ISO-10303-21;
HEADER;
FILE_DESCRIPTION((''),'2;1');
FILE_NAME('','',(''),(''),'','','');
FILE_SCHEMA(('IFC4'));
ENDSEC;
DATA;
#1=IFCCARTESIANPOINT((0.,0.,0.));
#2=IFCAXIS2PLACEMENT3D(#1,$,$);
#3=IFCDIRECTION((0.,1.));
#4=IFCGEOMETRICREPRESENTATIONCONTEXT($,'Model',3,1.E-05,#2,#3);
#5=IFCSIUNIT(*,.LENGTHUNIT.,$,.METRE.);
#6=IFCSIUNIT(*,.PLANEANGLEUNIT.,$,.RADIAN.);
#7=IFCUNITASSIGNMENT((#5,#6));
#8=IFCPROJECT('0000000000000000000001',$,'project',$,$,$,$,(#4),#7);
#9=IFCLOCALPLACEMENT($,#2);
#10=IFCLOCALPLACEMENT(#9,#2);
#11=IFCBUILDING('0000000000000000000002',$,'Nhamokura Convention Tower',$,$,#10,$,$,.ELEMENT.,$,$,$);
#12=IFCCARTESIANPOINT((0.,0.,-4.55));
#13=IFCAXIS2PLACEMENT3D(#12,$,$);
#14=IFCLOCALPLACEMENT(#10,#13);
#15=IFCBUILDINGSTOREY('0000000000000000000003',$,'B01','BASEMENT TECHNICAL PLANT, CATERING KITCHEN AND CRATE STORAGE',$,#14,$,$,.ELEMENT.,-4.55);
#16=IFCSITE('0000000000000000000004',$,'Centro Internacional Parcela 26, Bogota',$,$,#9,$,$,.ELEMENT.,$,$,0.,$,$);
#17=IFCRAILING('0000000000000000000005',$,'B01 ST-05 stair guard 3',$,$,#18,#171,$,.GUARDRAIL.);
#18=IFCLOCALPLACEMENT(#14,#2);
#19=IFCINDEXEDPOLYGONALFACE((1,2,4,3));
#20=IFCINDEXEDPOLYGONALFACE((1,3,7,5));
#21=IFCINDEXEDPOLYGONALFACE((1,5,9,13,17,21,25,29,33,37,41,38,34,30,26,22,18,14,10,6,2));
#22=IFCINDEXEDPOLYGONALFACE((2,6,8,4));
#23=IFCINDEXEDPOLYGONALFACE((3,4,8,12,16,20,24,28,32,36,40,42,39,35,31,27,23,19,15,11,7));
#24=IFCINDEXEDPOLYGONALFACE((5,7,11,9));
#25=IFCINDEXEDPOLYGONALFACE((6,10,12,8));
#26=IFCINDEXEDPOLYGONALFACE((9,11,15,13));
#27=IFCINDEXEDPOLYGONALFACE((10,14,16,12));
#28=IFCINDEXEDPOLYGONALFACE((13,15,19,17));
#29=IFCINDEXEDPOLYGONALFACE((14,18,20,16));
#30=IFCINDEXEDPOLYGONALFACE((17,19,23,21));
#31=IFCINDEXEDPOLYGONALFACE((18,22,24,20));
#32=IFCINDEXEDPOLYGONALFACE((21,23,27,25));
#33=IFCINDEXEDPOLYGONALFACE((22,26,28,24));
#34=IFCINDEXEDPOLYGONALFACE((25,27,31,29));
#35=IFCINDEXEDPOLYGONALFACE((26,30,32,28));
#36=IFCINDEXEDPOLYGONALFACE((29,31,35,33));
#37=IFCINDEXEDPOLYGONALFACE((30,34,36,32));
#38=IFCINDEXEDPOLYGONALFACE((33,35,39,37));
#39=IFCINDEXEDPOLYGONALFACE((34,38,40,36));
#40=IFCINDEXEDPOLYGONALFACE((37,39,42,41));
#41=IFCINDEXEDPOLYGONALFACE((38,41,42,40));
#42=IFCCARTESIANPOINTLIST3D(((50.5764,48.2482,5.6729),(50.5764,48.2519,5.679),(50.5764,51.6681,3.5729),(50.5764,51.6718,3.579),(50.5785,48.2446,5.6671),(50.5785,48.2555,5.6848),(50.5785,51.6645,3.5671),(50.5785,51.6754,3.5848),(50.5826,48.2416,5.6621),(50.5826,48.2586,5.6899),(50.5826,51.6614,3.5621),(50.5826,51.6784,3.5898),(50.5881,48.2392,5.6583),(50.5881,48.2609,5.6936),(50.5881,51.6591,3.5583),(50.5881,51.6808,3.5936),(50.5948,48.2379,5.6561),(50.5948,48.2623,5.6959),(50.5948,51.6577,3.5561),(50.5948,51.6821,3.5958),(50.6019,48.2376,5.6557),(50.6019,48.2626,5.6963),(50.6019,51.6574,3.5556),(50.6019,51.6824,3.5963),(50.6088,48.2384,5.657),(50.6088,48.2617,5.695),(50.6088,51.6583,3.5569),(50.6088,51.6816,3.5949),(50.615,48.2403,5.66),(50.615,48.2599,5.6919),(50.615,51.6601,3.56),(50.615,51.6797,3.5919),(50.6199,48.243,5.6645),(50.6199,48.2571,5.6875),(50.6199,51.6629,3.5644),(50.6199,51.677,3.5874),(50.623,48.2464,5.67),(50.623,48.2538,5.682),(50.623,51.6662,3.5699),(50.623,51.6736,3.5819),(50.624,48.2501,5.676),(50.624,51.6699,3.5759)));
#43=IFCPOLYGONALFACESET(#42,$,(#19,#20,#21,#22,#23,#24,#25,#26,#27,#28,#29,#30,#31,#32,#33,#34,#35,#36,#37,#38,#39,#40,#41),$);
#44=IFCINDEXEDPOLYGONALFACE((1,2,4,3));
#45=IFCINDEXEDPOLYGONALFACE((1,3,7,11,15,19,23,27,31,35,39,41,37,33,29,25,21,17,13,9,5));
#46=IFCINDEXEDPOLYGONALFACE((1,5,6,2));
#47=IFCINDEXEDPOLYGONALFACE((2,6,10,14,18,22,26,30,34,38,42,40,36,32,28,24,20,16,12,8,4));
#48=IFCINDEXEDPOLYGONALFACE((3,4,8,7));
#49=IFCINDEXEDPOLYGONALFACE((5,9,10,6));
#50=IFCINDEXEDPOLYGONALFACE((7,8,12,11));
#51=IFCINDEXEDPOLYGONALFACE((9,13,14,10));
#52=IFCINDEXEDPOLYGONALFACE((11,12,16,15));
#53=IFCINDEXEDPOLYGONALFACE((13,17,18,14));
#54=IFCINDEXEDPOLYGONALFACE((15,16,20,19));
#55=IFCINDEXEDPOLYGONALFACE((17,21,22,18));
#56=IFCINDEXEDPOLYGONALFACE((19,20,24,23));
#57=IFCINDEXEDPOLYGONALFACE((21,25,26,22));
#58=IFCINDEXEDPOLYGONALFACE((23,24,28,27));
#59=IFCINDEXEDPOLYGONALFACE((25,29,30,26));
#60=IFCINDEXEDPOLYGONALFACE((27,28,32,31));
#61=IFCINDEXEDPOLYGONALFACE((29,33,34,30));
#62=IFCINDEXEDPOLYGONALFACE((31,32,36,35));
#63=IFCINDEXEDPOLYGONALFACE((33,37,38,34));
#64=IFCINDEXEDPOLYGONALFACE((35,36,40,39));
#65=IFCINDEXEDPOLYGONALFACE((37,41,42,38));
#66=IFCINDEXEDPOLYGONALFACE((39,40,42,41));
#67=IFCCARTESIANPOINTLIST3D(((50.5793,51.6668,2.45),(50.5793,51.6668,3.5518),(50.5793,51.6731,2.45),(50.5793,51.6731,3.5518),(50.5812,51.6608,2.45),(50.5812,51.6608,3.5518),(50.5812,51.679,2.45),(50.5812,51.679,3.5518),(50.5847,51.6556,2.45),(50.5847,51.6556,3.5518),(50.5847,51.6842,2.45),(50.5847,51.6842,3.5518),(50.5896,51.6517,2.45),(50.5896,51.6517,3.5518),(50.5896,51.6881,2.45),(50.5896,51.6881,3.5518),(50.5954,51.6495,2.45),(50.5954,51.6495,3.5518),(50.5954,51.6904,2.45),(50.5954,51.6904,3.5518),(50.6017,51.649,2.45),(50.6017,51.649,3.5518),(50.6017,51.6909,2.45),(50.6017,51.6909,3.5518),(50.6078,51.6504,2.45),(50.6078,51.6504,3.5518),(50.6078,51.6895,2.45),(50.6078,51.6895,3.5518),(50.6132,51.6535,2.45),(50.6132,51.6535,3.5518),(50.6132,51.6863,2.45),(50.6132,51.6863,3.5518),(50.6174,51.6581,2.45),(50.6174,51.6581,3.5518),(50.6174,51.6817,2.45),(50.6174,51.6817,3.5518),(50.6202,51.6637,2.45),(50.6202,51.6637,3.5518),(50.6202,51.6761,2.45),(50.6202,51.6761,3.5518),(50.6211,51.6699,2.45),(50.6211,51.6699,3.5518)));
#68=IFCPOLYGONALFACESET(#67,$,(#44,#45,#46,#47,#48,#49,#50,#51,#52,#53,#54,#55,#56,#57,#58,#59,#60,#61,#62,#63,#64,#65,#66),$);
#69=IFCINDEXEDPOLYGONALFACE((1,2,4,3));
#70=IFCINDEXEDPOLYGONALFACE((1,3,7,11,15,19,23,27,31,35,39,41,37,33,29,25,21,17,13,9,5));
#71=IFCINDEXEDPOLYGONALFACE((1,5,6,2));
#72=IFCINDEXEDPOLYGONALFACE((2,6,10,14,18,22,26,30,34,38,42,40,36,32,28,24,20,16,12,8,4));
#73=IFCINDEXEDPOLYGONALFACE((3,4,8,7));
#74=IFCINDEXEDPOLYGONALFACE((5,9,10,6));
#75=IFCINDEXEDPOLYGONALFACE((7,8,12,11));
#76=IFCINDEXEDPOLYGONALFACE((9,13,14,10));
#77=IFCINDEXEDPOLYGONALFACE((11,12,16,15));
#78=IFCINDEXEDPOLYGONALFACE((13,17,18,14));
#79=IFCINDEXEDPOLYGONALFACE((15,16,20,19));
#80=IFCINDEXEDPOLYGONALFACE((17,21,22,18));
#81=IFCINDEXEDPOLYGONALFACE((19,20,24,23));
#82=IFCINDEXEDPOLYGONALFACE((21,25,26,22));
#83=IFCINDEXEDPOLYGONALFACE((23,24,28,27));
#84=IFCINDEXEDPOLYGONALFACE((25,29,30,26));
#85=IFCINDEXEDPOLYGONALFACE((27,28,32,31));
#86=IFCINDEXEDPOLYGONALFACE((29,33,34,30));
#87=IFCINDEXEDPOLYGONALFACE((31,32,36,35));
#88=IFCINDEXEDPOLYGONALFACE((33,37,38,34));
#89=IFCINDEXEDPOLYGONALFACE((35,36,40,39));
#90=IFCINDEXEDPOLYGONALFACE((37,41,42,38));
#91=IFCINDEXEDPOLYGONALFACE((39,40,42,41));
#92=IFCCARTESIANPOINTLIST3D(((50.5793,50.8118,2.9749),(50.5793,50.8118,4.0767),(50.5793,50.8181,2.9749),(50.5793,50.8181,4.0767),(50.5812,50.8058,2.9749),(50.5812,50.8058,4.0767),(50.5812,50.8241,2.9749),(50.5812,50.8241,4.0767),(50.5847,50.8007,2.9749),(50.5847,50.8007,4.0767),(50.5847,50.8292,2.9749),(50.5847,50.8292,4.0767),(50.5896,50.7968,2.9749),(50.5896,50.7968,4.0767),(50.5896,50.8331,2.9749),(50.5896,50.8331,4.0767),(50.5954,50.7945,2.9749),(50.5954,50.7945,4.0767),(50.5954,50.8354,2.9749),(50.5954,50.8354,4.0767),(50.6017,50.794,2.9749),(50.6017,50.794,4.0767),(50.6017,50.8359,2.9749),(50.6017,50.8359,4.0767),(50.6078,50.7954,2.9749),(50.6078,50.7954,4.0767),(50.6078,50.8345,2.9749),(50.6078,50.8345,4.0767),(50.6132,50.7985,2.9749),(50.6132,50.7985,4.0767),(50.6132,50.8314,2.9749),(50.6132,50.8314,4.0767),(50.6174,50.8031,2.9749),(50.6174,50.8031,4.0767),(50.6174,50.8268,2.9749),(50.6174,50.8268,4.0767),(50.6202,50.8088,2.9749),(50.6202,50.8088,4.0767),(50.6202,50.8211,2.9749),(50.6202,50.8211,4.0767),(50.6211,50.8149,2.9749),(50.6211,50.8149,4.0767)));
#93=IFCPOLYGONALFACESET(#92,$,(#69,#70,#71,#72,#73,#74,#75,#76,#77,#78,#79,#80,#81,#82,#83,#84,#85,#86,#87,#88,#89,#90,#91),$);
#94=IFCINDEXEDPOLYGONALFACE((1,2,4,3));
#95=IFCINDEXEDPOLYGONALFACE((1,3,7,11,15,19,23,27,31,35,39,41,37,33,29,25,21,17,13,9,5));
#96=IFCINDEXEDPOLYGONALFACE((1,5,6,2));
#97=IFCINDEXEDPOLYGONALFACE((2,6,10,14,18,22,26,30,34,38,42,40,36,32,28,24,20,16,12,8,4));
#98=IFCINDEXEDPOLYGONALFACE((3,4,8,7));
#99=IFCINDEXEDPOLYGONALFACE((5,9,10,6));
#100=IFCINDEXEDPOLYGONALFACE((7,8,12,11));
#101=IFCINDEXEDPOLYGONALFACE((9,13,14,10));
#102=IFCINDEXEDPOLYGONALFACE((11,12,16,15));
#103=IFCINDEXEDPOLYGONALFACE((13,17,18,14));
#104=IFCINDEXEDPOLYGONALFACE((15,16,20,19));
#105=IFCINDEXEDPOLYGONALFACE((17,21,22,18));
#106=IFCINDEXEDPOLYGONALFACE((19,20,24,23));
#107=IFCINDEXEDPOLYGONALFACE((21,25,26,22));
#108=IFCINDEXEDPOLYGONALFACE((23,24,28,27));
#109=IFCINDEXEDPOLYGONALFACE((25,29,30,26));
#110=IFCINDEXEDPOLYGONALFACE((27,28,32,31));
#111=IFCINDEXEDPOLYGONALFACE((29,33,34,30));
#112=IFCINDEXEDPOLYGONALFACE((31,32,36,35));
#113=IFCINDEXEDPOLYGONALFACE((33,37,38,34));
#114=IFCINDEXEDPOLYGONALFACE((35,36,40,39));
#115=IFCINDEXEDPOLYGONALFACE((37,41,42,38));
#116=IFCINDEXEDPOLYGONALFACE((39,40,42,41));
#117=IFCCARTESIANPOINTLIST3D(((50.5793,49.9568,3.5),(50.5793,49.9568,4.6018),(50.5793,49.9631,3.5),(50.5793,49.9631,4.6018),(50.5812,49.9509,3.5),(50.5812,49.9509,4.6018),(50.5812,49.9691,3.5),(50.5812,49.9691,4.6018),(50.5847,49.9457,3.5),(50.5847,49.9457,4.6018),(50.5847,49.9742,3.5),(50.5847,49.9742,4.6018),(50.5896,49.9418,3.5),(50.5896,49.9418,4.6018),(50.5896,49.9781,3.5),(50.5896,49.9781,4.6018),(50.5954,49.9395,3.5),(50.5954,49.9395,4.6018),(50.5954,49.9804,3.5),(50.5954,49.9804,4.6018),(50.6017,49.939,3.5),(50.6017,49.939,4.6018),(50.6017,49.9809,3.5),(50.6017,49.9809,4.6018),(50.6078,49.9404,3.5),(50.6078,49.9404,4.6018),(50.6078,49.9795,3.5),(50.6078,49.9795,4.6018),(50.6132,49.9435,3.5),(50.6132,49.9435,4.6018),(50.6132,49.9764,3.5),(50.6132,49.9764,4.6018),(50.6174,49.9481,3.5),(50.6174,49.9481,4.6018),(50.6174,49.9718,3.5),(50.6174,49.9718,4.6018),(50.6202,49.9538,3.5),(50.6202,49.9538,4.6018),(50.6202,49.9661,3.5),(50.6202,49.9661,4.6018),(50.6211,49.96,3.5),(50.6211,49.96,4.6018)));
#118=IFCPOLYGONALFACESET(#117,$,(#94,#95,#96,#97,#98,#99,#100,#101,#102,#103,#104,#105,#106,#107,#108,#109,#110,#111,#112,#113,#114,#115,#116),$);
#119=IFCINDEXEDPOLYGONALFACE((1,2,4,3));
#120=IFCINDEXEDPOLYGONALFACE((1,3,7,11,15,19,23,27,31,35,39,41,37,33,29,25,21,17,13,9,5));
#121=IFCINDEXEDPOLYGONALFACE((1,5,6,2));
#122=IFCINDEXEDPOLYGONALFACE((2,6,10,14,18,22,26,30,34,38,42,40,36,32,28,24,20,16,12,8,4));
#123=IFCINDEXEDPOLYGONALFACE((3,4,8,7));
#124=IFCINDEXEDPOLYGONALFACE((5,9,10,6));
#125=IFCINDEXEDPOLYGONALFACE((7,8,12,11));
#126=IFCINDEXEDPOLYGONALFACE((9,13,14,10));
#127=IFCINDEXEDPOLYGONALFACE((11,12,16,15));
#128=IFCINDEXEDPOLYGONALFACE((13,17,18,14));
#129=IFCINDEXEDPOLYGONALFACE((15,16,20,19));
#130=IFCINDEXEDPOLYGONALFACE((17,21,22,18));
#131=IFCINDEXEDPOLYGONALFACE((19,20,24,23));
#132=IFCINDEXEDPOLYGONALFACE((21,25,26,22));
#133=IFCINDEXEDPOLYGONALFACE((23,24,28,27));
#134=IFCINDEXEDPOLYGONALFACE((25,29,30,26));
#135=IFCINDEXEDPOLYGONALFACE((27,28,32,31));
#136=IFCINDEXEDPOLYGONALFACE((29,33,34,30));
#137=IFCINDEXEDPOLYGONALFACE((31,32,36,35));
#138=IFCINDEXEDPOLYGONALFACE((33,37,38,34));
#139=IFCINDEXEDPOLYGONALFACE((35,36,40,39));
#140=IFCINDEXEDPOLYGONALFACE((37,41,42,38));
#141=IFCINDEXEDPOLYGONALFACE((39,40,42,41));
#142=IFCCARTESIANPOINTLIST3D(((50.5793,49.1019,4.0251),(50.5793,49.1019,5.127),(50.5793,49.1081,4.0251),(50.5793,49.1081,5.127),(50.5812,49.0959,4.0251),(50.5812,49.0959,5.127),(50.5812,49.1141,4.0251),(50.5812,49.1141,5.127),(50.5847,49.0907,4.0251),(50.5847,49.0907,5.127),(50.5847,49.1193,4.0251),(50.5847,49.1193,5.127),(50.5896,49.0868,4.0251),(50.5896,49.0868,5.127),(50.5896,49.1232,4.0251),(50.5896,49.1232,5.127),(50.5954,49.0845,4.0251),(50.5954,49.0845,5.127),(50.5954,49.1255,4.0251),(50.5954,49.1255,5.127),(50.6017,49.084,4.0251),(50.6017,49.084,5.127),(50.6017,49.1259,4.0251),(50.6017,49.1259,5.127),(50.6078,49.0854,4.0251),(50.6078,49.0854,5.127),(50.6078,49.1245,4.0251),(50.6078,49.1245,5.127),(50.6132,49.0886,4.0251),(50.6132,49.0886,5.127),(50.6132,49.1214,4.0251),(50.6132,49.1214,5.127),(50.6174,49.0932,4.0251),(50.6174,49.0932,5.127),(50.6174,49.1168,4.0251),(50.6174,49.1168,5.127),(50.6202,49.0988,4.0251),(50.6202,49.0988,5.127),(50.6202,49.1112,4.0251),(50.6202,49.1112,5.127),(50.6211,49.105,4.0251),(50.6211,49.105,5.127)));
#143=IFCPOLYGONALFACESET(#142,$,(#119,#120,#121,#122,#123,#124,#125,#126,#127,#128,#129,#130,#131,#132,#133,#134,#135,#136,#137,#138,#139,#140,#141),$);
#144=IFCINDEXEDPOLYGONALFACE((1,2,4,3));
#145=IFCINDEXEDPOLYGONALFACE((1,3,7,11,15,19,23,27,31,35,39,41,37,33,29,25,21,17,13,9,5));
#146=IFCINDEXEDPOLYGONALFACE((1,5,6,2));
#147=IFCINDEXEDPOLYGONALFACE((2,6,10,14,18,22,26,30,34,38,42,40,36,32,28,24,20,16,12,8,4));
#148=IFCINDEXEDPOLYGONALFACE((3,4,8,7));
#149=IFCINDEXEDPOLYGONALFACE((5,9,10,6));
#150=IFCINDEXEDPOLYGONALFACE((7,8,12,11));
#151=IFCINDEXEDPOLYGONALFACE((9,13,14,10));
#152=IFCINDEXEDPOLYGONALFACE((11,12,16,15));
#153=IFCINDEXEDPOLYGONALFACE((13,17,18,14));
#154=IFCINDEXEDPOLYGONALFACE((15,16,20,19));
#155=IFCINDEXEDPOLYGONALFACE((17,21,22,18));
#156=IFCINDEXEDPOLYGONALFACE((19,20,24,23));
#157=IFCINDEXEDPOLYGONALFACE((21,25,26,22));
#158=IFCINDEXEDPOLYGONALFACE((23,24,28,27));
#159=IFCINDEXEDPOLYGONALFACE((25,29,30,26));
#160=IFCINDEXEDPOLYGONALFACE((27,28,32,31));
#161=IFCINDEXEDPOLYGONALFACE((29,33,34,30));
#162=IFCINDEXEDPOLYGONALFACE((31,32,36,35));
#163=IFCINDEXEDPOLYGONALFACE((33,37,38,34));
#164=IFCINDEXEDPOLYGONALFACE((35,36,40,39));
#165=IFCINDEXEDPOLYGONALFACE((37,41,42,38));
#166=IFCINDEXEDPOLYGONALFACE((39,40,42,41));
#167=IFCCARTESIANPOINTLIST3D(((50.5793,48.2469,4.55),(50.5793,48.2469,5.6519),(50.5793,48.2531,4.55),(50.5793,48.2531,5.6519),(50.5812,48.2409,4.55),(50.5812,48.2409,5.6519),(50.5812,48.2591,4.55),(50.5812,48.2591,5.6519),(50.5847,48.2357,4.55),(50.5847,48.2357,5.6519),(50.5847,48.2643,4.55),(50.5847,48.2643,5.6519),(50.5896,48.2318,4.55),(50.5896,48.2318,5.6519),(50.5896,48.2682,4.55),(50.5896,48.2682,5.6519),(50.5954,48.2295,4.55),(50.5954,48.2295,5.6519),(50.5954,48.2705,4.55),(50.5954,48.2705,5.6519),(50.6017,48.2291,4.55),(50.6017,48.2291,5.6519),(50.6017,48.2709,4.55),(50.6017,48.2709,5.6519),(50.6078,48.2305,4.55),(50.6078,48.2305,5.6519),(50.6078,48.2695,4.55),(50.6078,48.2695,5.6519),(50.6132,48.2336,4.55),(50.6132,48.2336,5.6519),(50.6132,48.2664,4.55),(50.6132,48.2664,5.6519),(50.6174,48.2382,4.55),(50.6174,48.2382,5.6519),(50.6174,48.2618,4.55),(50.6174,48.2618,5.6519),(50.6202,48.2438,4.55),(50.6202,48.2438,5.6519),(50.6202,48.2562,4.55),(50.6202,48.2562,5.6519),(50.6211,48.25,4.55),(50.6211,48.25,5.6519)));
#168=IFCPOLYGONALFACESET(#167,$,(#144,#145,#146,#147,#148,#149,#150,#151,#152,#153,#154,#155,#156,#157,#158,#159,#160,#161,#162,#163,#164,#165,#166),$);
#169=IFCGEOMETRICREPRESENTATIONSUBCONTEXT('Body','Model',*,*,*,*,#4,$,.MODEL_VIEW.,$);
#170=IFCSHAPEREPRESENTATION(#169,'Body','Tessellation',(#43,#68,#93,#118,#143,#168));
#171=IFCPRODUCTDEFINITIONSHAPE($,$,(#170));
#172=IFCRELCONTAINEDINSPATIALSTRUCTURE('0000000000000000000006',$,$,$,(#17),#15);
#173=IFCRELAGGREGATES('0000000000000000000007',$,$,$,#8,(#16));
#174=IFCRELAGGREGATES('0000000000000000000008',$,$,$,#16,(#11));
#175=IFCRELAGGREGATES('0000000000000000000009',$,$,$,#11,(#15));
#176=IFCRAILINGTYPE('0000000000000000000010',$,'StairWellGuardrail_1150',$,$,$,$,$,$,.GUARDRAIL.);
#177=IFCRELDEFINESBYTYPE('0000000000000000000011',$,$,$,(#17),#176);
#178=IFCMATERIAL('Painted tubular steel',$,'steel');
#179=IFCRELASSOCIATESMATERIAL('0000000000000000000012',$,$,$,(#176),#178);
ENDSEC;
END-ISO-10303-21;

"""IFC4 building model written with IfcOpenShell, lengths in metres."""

from ifc_helpers import new_model, si_unit, direction, frame, origin, origin_2d, place, context, subcontext, project, spatial, circle, extrude, material, type_object, element, save


model = new_model("IFC4")

# Units and contexts
model_context = context("Model", 3, precision=1e-05, world=origin(), true_north=direction((0.0, 1.0)))
body_context = subcontext(model_context, "Body", "Model", "MODEL_VIEW")
ifc_project = project(units=[si_unit("LENGTHUNIT", "METRE"), si_unit("PLANEANGLEUNIT", "RADIAN")], contexts=[model_context])

# Site, building, storey
site_placement = place(None, origin())
site = spatial("IfcSite", under=ifc_project, at=site_placement, Name="Centro Internacional Parcela 26, Bogota", CompositionType="ELEMENT", RefElevation=0.0)
building_placement = place(site_placement, origin())
building = spatial("IfcBuilding", under=site, at=building_placement, Name="Nhamokura Convention Tower", CompositionType="ELEMENT")
storey_placement = place(building_placement, frame((0.0, 0.0, -4.55)))
storey = spatial("IfcBuildingStorey", under=building, at=storey_placement, Name="B01", Description="BASEMENT TECHNICAL PLANT, CATERING KITCHEN AND CRATE STORAGE", CompositionType="ELEMENT", Elevation=-4.55)

# Railing
ifc_material_1 = material(Name="Painted tubular steel", Category="steel")
railing_type_1 = type_object("IfcRailingType", Name="StairWellGuardrail_1150", PredefinedType="GUARDRAIL", material=ifc_material_1)
railing_1_placement = place(storey_placement, frame((50.6001, 51.6699, 2.45)))
element("IfcRailing", 1, at=railing_1_placement, inside=storey, type_object=railing_type_1, Name="B01 ST-05 stair guard 3", PredefinedType="GUARDRAIL", context=body_context, shape_type="SweptSolid", body=[
    extrude(circle(Radius=0.0239, at=origin_2d()), frame((0.0, 0.0, 1.126), z_axis=(0.0, -0.852155, 0.523289), x_axis=(1.0, 0.0, 0.0)), (0.0, 0.0, 1.0), 4.0132),
    extrude(circle(Radius=0.021, at=origin_2d()), origin(), (0.0, 0.0, 1.0), 1.1018),
    extrude(circle(Radius=0.021, at=origin_2d()), frame((0.0, -0.855, 0.5249)), (0.0, 0.0, 1.0), 1.1018),
    extrude(circle(Radius=0.021, at=origin_2d()), frame((0.0, -1.71, 1.05)), (0.0, 0.0, 1.0), 1.1018),
    extrude(circle(Radius=0.021, at=origin_2d()), frame((0.0, -2.5649, 1.5752)), (0.0, 0.0, 1.0), 1.1018),
    extrude(circle(Radius=0.021, at=origin_2d()), frame((0.0, -3.4199, 2.1001)), (0.0, 0.0, 1.0), 1.1018),
])

save(model, "model.ifc")
